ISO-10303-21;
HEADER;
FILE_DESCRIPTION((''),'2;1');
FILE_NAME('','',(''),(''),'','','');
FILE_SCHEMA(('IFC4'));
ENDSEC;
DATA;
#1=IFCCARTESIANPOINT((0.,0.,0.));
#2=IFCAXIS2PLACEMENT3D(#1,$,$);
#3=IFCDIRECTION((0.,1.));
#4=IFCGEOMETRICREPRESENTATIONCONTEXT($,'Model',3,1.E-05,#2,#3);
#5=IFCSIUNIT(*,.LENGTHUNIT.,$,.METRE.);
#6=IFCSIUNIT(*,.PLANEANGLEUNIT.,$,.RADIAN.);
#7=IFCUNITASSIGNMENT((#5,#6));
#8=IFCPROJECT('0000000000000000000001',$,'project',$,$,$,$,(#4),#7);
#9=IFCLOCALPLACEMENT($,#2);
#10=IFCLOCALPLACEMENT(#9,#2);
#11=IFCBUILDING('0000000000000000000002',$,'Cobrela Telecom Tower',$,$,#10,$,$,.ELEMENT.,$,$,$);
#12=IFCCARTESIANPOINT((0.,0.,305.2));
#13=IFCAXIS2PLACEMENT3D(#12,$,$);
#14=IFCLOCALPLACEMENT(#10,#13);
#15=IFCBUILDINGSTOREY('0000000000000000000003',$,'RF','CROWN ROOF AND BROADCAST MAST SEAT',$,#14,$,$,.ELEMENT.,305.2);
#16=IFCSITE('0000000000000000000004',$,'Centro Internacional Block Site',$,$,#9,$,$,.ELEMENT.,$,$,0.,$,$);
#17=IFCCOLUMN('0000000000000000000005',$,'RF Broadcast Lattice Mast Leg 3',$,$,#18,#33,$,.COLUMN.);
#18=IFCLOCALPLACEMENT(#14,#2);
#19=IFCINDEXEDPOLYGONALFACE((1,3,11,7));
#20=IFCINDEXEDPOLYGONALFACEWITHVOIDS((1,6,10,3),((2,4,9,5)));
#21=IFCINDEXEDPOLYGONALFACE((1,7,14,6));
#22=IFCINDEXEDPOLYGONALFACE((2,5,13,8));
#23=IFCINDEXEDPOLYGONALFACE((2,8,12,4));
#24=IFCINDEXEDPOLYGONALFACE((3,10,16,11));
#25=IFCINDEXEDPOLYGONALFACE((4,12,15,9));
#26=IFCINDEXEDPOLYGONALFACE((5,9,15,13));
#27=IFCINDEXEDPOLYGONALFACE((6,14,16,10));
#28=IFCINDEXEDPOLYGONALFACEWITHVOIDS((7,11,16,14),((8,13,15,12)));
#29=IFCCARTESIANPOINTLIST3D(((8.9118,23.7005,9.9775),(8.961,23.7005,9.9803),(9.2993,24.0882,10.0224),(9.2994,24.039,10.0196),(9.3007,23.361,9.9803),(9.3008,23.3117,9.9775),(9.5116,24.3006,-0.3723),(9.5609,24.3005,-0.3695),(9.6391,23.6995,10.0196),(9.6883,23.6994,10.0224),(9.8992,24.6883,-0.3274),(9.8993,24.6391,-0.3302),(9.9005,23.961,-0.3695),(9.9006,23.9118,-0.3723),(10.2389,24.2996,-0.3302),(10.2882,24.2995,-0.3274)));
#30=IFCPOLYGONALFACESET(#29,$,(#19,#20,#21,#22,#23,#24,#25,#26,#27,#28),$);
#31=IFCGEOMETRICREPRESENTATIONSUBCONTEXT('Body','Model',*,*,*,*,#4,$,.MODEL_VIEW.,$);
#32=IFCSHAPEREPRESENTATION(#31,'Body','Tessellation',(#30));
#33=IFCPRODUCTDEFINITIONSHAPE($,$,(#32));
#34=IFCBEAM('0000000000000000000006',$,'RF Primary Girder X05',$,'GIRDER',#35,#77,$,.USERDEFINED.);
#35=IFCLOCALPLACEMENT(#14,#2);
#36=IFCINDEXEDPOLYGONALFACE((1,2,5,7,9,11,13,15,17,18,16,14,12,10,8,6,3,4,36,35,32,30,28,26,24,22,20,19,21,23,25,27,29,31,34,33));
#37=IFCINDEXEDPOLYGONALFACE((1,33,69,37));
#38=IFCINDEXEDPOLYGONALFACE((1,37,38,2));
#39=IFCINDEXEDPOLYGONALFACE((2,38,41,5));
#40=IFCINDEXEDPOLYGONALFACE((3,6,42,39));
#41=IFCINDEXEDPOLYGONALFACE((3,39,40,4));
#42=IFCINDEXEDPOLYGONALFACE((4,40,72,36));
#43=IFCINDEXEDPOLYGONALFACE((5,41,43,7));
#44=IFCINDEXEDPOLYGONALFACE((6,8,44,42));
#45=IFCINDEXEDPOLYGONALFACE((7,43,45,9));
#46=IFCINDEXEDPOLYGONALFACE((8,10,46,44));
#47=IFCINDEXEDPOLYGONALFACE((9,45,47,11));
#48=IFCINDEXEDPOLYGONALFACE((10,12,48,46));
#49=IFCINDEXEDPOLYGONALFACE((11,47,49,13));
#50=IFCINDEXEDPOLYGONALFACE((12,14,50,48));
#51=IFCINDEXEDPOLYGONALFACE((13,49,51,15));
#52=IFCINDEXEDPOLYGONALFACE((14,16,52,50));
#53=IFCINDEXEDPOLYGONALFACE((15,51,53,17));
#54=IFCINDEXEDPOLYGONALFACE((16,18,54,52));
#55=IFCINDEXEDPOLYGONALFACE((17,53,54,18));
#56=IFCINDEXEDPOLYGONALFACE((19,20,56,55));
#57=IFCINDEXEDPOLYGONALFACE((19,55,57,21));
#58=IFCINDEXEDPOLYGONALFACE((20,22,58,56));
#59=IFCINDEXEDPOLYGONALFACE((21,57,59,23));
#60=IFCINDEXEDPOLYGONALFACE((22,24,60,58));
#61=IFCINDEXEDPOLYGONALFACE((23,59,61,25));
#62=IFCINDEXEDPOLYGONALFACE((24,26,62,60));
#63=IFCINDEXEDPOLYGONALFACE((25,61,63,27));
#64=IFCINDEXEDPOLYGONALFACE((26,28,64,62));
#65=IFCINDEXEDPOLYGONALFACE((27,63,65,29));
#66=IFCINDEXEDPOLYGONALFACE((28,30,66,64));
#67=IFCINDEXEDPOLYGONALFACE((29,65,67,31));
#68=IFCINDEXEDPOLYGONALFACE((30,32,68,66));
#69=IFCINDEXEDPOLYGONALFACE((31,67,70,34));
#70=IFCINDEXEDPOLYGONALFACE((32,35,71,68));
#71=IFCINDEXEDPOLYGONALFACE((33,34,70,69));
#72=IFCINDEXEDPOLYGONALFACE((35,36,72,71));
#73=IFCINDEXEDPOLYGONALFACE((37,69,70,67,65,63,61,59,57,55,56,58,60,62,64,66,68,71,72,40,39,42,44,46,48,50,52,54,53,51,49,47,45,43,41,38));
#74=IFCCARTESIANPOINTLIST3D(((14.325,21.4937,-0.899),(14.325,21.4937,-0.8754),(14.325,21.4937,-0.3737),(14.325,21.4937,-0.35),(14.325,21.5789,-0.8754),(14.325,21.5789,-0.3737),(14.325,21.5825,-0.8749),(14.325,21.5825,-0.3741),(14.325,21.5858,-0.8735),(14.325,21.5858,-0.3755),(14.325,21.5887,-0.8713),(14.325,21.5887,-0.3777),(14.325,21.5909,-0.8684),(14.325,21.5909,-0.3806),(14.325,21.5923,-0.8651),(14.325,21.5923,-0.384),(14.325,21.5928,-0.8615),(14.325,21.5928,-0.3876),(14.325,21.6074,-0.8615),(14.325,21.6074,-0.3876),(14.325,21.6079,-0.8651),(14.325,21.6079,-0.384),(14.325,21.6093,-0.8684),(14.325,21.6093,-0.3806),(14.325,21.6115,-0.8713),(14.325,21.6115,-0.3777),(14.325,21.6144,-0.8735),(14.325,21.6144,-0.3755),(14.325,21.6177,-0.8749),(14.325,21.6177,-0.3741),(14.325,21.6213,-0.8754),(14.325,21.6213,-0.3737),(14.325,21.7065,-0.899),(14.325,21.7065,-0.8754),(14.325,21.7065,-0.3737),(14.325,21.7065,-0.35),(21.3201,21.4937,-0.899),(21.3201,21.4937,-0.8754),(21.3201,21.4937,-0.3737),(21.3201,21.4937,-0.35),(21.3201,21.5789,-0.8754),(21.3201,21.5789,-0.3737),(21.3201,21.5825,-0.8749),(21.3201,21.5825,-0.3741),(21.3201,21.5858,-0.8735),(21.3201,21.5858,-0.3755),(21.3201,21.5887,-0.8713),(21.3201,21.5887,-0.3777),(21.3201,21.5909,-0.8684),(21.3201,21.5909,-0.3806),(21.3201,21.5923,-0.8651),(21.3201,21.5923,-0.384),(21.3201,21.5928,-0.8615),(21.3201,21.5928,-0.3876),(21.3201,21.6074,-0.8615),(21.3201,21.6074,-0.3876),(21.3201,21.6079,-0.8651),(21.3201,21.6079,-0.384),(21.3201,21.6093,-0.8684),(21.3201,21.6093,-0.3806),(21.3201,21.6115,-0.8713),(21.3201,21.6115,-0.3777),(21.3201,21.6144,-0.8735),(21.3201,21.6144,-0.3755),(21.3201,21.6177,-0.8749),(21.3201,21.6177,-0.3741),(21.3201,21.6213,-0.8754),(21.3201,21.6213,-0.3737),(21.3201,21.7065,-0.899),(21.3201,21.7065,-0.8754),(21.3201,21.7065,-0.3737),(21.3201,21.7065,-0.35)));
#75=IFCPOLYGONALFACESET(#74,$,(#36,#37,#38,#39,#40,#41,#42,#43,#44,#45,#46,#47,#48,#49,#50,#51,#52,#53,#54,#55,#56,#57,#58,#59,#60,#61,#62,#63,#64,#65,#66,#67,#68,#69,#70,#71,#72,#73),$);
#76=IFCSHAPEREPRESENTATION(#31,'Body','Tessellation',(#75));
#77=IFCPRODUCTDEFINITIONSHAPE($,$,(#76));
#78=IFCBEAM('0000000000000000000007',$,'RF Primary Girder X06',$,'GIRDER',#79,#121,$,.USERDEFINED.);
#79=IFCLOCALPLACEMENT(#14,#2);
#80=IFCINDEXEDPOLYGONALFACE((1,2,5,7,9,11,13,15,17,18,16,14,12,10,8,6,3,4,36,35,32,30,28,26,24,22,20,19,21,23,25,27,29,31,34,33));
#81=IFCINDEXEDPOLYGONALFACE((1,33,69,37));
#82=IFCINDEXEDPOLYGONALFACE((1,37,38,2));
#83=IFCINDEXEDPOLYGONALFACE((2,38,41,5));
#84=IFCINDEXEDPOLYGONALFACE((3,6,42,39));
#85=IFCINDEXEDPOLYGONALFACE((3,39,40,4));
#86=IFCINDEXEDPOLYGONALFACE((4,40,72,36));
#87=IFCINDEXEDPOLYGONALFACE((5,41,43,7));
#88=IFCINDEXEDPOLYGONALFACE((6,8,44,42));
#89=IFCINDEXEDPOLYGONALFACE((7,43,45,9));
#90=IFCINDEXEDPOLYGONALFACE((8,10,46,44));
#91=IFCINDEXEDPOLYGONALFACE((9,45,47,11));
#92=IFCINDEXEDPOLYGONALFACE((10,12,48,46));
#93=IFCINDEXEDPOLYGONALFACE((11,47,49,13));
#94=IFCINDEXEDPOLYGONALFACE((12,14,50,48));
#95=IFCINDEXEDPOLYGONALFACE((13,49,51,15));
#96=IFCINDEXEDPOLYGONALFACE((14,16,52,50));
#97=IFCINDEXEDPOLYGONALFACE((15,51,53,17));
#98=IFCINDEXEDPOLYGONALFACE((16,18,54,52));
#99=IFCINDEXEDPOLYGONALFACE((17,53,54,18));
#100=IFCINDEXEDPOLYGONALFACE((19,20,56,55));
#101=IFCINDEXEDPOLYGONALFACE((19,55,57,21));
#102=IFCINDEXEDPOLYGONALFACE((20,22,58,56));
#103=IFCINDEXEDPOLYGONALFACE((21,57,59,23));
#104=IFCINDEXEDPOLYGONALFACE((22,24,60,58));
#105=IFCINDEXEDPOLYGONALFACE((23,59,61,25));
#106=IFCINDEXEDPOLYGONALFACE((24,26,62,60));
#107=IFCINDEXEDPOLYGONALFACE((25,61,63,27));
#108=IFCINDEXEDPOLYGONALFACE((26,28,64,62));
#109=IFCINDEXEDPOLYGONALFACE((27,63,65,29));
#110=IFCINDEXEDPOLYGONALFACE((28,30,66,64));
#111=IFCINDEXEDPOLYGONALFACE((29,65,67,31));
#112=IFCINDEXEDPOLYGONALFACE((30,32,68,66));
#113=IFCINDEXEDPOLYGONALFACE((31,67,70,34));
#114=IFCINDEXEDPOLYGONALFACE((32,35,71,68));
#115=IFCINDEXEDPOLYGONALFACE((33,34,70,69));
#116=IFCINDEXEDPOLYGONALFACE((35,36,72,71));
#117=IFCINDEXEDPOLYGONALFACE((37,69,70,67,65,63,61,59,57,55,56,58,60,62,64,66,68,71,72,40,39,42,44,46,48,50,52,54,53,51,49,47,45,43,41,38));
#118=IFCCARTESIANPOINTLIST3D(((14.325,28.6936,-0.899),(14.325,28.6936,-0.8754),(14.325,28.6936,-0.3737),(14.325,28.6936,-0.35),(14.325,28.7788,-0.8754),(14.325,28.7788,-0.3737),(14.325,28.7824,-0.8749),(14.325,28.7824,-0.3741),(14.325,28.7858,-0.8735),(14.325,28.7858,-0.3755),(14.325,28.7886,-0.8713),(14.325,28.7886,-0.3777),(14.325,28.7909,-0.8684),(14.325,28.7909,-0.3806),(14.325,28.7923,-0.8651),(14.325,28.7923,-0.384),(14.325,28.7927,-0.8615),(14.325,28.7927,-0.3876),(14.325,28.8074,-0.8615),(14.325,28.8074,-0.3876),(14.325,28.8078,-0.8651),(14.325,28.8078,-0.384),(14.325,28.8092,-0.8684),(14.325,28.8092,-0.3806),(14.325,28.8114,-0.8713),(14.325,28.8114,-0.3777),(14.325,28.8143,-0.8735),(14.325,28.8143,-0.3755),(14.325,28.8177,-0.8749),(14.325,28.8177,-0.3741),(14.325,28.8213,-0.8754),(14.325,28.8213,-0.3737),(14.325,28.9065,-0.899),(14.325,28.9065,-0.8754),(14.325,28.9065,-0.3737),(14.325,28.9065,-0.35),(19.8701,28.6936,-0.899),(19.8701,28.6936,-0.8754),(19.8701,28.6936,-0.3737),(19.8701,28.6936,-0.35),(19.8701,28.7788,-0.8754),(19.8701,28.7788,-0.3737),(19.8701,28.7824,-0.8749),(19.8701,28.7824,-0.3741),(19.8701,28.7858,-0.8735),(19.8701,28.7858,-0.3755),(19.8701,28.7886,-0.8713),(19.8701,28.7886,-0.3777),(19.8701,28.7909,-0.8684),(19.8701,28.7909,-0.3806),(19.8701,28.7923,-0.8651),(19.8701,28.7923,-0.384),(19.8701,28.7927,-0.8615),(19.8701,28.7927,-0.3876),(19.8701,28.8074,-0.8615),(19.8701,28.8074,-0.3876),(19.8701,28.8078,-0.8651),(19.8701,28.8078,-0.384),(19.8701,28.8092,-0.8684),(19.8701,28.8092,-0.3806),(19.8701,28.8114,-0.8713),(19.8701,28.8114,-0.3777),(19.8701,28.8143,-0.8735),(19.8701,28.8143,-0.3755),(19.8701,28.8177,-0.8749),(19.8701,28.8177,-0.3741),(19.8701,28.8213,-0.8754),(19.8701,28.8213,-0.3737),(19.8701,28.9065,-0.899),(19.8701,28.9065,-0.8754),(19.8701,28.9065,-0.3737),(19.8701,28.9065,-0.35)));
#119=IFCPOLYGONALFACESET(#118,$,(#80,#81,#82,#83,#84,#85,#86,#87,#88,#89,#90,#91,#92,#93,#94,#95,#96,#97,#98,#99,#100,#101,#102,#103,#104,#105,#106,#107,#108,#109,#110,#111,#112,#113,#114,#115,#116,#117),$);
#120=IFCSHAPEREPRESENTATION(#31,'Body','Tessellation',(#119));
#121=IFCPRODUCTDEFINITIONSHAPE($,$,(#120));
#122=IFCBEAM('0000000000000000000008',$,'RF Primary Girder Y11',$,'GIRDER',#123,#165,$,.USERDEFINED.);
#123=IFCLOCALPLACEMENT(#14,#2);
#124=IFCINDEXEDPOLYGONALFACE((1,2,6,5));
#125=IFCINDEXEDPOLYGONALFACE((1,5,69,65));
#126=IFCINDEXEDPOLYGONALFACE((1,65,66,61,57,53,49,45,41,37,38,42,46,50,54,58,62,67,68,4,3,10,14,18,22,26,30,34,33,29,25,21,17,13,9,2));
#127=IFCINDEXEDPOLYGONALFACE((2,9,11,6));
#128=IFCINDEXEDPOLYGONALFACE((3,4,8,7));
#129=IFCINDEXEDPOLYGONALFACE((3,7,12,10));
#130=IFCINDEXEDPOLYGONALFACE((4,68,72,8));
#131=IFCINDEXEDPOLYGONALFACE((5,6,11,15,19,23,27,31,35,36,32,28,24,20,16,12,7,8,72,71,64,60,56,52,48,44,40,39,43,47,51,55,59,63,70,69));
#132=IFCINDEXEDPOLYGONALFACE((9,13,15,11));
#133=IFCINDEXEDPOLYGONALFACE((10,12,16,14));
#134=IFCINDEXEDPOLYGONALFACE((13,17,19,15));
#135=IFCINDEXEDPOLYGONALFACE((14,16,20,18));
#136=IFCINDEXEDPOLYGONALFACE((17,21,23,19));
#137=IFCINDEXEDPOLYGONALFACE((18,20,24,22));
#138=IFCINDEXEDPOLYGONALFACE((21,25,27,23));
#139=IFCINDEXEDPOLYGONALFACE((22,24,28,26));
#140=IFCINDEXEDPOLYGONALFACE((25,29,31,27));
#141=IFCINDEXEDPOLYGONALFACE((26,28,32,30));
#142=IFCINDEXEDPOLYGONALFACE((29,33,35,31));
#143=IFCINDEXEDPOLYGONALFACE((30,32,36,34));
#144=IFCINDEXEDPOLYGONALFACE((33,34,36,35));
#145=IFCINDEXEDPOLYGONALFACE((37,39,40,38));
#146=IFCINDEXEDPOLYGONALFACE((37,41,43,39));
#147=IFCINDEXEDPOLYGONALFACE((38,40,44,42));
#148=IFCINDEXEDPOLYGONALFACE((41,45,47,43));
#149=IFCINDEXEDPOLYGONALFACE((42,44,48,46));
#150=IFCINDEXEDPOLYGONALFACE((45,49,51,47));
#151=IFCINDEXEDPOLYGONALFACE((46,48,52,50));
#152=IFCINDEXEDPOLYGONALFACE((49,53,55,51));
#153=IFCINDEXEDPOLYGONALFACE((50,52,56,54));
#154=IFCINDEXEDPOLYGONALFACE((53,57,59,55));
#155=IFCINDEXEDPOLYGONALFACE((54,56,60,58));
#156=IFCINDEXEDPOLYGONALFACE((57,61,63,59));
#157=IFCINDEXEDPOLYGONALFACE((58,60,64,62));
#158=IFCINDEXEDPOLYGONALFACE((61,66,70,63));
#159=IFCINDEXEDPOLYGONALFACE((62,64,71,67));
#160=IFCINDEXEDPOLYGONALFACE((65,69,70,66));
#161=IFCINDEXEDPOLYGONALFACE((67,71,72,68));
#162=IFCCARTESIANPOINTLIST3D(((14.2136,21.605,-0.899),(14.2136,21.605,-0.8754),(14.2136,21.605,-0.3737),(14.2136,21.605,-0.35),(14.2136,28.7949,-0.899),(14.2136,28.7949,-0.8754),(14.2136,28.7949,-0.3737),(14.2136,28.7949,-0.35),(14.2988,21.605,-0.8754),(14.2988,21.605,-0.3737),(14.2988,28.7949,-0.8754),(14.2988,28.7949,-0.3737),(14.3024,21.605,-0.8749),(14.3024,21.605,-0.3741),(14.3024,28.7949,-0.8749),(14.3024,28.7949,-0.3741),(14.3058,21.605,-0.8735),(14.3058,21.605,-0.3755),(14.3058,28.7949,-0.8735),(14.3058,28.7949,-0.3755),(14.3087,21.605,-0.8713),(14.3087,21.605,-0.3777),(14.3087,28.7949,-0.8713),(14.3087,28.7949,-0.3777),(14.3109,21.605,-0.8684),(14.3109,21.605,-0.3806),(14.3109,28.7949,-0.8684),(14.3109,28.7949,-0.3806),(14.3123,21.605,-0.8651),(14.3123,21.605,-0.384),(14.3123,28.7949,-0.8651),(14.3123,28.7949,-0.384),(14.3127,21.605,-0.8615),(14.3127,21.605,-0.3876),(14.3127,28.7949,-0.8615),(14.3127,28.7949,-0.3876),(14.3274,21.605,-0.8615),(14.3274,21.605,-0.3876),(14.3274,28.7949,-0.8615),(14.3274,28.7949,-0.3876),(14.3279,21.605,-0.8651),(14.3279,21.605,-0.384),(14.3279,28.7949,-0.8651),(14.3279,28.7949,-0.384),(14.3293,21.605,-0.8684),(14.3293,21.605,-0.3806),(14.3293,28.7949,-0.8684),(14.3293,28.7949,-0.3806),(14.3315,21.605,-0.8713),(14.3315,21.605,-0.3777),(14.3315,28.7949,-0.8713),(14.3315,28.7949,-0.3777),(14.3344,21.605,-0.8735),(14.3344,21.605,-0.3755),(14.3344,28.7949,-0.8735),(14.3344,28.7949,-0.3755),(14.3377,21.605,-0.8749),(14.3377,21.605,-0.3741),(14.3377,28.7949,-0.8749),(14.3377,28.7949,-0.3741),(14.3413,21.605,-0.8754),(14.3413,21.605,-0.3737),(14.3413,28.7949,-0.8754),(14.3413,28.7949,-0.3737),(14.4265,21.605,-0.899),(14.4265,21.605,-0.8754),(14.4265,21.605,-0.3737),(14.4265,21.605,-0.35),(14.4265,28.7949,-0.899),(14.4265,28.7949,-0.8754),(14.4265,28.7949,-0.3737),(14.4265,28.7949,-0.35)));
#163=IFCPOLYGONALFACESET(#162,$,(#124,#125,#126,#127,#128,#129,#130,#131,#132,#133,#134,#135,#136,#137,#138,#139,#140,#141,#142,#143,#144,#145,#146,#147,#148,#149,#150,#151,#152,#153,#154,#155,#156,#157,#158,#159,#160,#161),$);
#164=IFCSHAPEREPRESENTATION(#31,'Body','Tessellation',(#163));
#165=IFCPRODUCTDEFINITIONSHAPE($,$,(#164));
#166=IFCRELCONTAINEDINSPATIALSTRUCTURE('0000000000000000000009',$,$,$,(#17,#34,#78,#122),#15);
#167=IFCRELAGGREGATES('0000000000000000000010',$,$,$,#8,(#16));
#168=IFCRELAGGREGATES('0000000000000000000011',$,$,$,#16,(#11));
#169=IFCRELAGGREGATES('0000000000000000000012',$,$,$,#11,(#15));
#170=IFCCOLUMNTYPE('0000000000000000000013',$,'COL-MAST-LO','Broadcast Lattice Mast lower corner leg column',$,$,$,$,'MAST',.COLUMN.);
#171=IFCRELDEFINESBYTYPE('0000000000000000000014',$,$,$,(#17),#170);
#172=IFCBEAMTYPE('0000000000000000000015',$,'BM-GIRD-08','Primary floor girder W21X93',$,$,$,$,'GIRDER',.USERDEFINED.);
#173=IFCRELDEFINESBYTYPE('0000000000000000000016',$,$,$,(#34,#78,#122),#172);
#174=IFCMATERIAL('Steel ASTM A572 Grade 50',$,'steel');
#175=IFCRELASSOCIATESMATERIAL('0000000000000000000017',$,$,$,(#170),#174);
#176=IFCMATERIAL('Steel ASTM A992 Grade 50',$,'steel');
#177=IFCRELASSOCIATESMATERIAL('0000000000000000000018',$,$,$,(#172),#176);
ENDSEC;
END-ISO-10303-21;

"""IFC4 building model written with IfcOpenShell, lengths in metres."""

from ifc_helpers import new_model, si_unit, direction, frame, origin, origin_2d, place, context, subcontext, project, spatial, hollow_rectangle, i_section, extrude, material, material_profile, profile_set, type_object, element, save


model = new_model("IFC4")

# Units and contexts
model_context = context("Model", 3, precision=1e-05, world=origin(), true_north=direction((0.0, 1.0)))
body_context = subcontext(model_context, "Body", "Model", "MODEL_VIEW")
ifc_project = project(units=[si_unit("LENGTHUNIT", "METRE"), si_unit("PLANEANGLEUNIT", "RADIAN")], contexts=[model_context])

# Site, building, storey
site_placement = place(None, origin())
site = spatial("IfcSite", under=ifc_project, at=site_placement, Name="Centro Internacional Block Site", CompositionType="ELEMENT", RefElevation=0.0)
building_placement = place(site_placement, origin())
building = spatial("IfcBuilding", under=site, at=building_placement, Name="Cobrela Telecom Tower", CompositionType="ELEMENT")
storey_placement = place(building_placement, frame((0.0, 0.0, 305.2)))
storey = spatial("IfcBuildingStorey", under=building, at=storey_placement, Name="RF", Description="CROWN ROOF AND BROADCAST MAST SEAT", CompositionType="ELEMENT", Elevation=305.2)

# Column
ifc_material_1 = material(Name="Steel ASTM A572 Grade 50", Category="steel")
ifc_material_profile_1 = material_profile(ifc_material_1, hollow_rectangle(XDim=0.55, YDim=0.55, WallThickness=0.0349, at=origin_2d()), Name="BOX 550x550x35")
ifc_profile_set_1 = profile_set([ifc_material_profile_1], Name="Steel ASTM A572 Grade 50")
column_type = type_object("IfcColumnType", Name="COL-MAST-LO", Description="Broadcast Lattice Mast lower corner leg column", ElementType="MAST", PredefinedType="COLUMN", material=ifc_profile_set_1)
column_placement = place(storey_placement, frame((9.8999, 24.3, -0.3499), z_axis=(-0.057764, -0.057787, 0.996656), x_axis=(0.707251, -0.706963, 0.0)))
element("IfcColumn", 1, at=column_placement, inside=storey, type_object=column_type, Name="RF Broadcast Lattice Mast Leg 3", PredefinedType="COLUMN", context=body_context, shape_type="SweptSolid", body=[
    extrude(hollow_rectangle(XDim=0.55, YDim=0.55, WallThickness=0.0349, at=origin_2d()), origin(), (0.0, 0.0, 1.0), 10.3845),
])

# Beams
ifc_material_2 = material(Name="Steel ASTM A992 Grade 50", Category="steel")
ifc_material_profile_2 = material_profile(ifc_material_2, i_section(OverallWidth=0.2129, OverallDepth=0.5491, WebThickness=0.0146, FlangeThickness=0.0237, FilletRadius=0.0139, at=origin_2d()), Name="W21X93")
ifc_profile_set_2 = profile_set([ifc_material_profile_2], Name="Steel ASTM A992 Grade 50")
beam_type_1 = type_object("IfcBeamType", Name="BM-GIRD-08", Description="Primary floor girder W21X93", ElementType="GIRDER", PredefinedType="USERDEFINED", material=ifc_profile_set_2)
beam_1_placement = place(storey_placement, frame((14.325, 21.6001, -0.6245), z_axis=(1.0, 0.0, 0.0), x_axis=(0.0, 1.0, 0.0)))
element("IfcBeam", 2, at=beam_1_placement, inside=storey, type_object=beam_type_1, Name="RF Primary Girder X05", ObjectType="GIRDER", PredefinedType="USERDEFINED", context=body_context, shape_type="SweptSolid", body=[
    extrude(i_section(OverallWidth=0.2129, OverallDepth=0.5491, WebThickness=0.0146, FlangeThickness=0.0237, FilletRadius=0.0139, at=origin_2d()), origin(), (0.0, 0.0, 1.0), 6.9951),
])
beam_2_placement = place(storey_placement, frame((14.325, 28.8, -0.6245), z_axis=(1.0, 0.0, 0.0), x_axis=(0.0, 1.0, 0.0)))
element("IfcBeam", 3, at=beam_2_placement, inside=storey, type_object=beam_type_1, Name="RF Primary Girder X06", ObjectType="GIRDER", PredefinedType="USERDEFINED", context=body_context, shape_type="SweptSolid", body=[
    extrude(i_section(OverallWidth=0.2129, OverallDepth=0.5491, WebThickness=0.0146, FlangeThickness=0.0237, FilletRadius=0.0139, at=origin_2d()), origin(), (0.0, 0.0, 1.0), 5.5452),
])
beam_3_placement = place(storey_placement, frame((14.3201, 21.605, -0.6245), z_axis=(0.0, 1.0, 0.0), x_axis=(-1.0, 0.0, 0.0)))
element("IfcBeam", 4, at=beam_3_placement, inside=storey, type_object=beam_type_1, Name="RF Primary Girder Y11", ObjectType="GIRDER", PredefinedType="USERDEFINED", context=body_context, shape_type="SweptSolid", body=[
    extrude(i_section(OverallWidth=0.2129, OverallDepth=0.5491, WebThickness=0.0146, FlangeThickness=0.0237, FilletRadius=0.0139, at=origin_2d()), origin(), (0.0, 0.0, 1.0), 7.1899),
])

save(model, "model.ifc")
